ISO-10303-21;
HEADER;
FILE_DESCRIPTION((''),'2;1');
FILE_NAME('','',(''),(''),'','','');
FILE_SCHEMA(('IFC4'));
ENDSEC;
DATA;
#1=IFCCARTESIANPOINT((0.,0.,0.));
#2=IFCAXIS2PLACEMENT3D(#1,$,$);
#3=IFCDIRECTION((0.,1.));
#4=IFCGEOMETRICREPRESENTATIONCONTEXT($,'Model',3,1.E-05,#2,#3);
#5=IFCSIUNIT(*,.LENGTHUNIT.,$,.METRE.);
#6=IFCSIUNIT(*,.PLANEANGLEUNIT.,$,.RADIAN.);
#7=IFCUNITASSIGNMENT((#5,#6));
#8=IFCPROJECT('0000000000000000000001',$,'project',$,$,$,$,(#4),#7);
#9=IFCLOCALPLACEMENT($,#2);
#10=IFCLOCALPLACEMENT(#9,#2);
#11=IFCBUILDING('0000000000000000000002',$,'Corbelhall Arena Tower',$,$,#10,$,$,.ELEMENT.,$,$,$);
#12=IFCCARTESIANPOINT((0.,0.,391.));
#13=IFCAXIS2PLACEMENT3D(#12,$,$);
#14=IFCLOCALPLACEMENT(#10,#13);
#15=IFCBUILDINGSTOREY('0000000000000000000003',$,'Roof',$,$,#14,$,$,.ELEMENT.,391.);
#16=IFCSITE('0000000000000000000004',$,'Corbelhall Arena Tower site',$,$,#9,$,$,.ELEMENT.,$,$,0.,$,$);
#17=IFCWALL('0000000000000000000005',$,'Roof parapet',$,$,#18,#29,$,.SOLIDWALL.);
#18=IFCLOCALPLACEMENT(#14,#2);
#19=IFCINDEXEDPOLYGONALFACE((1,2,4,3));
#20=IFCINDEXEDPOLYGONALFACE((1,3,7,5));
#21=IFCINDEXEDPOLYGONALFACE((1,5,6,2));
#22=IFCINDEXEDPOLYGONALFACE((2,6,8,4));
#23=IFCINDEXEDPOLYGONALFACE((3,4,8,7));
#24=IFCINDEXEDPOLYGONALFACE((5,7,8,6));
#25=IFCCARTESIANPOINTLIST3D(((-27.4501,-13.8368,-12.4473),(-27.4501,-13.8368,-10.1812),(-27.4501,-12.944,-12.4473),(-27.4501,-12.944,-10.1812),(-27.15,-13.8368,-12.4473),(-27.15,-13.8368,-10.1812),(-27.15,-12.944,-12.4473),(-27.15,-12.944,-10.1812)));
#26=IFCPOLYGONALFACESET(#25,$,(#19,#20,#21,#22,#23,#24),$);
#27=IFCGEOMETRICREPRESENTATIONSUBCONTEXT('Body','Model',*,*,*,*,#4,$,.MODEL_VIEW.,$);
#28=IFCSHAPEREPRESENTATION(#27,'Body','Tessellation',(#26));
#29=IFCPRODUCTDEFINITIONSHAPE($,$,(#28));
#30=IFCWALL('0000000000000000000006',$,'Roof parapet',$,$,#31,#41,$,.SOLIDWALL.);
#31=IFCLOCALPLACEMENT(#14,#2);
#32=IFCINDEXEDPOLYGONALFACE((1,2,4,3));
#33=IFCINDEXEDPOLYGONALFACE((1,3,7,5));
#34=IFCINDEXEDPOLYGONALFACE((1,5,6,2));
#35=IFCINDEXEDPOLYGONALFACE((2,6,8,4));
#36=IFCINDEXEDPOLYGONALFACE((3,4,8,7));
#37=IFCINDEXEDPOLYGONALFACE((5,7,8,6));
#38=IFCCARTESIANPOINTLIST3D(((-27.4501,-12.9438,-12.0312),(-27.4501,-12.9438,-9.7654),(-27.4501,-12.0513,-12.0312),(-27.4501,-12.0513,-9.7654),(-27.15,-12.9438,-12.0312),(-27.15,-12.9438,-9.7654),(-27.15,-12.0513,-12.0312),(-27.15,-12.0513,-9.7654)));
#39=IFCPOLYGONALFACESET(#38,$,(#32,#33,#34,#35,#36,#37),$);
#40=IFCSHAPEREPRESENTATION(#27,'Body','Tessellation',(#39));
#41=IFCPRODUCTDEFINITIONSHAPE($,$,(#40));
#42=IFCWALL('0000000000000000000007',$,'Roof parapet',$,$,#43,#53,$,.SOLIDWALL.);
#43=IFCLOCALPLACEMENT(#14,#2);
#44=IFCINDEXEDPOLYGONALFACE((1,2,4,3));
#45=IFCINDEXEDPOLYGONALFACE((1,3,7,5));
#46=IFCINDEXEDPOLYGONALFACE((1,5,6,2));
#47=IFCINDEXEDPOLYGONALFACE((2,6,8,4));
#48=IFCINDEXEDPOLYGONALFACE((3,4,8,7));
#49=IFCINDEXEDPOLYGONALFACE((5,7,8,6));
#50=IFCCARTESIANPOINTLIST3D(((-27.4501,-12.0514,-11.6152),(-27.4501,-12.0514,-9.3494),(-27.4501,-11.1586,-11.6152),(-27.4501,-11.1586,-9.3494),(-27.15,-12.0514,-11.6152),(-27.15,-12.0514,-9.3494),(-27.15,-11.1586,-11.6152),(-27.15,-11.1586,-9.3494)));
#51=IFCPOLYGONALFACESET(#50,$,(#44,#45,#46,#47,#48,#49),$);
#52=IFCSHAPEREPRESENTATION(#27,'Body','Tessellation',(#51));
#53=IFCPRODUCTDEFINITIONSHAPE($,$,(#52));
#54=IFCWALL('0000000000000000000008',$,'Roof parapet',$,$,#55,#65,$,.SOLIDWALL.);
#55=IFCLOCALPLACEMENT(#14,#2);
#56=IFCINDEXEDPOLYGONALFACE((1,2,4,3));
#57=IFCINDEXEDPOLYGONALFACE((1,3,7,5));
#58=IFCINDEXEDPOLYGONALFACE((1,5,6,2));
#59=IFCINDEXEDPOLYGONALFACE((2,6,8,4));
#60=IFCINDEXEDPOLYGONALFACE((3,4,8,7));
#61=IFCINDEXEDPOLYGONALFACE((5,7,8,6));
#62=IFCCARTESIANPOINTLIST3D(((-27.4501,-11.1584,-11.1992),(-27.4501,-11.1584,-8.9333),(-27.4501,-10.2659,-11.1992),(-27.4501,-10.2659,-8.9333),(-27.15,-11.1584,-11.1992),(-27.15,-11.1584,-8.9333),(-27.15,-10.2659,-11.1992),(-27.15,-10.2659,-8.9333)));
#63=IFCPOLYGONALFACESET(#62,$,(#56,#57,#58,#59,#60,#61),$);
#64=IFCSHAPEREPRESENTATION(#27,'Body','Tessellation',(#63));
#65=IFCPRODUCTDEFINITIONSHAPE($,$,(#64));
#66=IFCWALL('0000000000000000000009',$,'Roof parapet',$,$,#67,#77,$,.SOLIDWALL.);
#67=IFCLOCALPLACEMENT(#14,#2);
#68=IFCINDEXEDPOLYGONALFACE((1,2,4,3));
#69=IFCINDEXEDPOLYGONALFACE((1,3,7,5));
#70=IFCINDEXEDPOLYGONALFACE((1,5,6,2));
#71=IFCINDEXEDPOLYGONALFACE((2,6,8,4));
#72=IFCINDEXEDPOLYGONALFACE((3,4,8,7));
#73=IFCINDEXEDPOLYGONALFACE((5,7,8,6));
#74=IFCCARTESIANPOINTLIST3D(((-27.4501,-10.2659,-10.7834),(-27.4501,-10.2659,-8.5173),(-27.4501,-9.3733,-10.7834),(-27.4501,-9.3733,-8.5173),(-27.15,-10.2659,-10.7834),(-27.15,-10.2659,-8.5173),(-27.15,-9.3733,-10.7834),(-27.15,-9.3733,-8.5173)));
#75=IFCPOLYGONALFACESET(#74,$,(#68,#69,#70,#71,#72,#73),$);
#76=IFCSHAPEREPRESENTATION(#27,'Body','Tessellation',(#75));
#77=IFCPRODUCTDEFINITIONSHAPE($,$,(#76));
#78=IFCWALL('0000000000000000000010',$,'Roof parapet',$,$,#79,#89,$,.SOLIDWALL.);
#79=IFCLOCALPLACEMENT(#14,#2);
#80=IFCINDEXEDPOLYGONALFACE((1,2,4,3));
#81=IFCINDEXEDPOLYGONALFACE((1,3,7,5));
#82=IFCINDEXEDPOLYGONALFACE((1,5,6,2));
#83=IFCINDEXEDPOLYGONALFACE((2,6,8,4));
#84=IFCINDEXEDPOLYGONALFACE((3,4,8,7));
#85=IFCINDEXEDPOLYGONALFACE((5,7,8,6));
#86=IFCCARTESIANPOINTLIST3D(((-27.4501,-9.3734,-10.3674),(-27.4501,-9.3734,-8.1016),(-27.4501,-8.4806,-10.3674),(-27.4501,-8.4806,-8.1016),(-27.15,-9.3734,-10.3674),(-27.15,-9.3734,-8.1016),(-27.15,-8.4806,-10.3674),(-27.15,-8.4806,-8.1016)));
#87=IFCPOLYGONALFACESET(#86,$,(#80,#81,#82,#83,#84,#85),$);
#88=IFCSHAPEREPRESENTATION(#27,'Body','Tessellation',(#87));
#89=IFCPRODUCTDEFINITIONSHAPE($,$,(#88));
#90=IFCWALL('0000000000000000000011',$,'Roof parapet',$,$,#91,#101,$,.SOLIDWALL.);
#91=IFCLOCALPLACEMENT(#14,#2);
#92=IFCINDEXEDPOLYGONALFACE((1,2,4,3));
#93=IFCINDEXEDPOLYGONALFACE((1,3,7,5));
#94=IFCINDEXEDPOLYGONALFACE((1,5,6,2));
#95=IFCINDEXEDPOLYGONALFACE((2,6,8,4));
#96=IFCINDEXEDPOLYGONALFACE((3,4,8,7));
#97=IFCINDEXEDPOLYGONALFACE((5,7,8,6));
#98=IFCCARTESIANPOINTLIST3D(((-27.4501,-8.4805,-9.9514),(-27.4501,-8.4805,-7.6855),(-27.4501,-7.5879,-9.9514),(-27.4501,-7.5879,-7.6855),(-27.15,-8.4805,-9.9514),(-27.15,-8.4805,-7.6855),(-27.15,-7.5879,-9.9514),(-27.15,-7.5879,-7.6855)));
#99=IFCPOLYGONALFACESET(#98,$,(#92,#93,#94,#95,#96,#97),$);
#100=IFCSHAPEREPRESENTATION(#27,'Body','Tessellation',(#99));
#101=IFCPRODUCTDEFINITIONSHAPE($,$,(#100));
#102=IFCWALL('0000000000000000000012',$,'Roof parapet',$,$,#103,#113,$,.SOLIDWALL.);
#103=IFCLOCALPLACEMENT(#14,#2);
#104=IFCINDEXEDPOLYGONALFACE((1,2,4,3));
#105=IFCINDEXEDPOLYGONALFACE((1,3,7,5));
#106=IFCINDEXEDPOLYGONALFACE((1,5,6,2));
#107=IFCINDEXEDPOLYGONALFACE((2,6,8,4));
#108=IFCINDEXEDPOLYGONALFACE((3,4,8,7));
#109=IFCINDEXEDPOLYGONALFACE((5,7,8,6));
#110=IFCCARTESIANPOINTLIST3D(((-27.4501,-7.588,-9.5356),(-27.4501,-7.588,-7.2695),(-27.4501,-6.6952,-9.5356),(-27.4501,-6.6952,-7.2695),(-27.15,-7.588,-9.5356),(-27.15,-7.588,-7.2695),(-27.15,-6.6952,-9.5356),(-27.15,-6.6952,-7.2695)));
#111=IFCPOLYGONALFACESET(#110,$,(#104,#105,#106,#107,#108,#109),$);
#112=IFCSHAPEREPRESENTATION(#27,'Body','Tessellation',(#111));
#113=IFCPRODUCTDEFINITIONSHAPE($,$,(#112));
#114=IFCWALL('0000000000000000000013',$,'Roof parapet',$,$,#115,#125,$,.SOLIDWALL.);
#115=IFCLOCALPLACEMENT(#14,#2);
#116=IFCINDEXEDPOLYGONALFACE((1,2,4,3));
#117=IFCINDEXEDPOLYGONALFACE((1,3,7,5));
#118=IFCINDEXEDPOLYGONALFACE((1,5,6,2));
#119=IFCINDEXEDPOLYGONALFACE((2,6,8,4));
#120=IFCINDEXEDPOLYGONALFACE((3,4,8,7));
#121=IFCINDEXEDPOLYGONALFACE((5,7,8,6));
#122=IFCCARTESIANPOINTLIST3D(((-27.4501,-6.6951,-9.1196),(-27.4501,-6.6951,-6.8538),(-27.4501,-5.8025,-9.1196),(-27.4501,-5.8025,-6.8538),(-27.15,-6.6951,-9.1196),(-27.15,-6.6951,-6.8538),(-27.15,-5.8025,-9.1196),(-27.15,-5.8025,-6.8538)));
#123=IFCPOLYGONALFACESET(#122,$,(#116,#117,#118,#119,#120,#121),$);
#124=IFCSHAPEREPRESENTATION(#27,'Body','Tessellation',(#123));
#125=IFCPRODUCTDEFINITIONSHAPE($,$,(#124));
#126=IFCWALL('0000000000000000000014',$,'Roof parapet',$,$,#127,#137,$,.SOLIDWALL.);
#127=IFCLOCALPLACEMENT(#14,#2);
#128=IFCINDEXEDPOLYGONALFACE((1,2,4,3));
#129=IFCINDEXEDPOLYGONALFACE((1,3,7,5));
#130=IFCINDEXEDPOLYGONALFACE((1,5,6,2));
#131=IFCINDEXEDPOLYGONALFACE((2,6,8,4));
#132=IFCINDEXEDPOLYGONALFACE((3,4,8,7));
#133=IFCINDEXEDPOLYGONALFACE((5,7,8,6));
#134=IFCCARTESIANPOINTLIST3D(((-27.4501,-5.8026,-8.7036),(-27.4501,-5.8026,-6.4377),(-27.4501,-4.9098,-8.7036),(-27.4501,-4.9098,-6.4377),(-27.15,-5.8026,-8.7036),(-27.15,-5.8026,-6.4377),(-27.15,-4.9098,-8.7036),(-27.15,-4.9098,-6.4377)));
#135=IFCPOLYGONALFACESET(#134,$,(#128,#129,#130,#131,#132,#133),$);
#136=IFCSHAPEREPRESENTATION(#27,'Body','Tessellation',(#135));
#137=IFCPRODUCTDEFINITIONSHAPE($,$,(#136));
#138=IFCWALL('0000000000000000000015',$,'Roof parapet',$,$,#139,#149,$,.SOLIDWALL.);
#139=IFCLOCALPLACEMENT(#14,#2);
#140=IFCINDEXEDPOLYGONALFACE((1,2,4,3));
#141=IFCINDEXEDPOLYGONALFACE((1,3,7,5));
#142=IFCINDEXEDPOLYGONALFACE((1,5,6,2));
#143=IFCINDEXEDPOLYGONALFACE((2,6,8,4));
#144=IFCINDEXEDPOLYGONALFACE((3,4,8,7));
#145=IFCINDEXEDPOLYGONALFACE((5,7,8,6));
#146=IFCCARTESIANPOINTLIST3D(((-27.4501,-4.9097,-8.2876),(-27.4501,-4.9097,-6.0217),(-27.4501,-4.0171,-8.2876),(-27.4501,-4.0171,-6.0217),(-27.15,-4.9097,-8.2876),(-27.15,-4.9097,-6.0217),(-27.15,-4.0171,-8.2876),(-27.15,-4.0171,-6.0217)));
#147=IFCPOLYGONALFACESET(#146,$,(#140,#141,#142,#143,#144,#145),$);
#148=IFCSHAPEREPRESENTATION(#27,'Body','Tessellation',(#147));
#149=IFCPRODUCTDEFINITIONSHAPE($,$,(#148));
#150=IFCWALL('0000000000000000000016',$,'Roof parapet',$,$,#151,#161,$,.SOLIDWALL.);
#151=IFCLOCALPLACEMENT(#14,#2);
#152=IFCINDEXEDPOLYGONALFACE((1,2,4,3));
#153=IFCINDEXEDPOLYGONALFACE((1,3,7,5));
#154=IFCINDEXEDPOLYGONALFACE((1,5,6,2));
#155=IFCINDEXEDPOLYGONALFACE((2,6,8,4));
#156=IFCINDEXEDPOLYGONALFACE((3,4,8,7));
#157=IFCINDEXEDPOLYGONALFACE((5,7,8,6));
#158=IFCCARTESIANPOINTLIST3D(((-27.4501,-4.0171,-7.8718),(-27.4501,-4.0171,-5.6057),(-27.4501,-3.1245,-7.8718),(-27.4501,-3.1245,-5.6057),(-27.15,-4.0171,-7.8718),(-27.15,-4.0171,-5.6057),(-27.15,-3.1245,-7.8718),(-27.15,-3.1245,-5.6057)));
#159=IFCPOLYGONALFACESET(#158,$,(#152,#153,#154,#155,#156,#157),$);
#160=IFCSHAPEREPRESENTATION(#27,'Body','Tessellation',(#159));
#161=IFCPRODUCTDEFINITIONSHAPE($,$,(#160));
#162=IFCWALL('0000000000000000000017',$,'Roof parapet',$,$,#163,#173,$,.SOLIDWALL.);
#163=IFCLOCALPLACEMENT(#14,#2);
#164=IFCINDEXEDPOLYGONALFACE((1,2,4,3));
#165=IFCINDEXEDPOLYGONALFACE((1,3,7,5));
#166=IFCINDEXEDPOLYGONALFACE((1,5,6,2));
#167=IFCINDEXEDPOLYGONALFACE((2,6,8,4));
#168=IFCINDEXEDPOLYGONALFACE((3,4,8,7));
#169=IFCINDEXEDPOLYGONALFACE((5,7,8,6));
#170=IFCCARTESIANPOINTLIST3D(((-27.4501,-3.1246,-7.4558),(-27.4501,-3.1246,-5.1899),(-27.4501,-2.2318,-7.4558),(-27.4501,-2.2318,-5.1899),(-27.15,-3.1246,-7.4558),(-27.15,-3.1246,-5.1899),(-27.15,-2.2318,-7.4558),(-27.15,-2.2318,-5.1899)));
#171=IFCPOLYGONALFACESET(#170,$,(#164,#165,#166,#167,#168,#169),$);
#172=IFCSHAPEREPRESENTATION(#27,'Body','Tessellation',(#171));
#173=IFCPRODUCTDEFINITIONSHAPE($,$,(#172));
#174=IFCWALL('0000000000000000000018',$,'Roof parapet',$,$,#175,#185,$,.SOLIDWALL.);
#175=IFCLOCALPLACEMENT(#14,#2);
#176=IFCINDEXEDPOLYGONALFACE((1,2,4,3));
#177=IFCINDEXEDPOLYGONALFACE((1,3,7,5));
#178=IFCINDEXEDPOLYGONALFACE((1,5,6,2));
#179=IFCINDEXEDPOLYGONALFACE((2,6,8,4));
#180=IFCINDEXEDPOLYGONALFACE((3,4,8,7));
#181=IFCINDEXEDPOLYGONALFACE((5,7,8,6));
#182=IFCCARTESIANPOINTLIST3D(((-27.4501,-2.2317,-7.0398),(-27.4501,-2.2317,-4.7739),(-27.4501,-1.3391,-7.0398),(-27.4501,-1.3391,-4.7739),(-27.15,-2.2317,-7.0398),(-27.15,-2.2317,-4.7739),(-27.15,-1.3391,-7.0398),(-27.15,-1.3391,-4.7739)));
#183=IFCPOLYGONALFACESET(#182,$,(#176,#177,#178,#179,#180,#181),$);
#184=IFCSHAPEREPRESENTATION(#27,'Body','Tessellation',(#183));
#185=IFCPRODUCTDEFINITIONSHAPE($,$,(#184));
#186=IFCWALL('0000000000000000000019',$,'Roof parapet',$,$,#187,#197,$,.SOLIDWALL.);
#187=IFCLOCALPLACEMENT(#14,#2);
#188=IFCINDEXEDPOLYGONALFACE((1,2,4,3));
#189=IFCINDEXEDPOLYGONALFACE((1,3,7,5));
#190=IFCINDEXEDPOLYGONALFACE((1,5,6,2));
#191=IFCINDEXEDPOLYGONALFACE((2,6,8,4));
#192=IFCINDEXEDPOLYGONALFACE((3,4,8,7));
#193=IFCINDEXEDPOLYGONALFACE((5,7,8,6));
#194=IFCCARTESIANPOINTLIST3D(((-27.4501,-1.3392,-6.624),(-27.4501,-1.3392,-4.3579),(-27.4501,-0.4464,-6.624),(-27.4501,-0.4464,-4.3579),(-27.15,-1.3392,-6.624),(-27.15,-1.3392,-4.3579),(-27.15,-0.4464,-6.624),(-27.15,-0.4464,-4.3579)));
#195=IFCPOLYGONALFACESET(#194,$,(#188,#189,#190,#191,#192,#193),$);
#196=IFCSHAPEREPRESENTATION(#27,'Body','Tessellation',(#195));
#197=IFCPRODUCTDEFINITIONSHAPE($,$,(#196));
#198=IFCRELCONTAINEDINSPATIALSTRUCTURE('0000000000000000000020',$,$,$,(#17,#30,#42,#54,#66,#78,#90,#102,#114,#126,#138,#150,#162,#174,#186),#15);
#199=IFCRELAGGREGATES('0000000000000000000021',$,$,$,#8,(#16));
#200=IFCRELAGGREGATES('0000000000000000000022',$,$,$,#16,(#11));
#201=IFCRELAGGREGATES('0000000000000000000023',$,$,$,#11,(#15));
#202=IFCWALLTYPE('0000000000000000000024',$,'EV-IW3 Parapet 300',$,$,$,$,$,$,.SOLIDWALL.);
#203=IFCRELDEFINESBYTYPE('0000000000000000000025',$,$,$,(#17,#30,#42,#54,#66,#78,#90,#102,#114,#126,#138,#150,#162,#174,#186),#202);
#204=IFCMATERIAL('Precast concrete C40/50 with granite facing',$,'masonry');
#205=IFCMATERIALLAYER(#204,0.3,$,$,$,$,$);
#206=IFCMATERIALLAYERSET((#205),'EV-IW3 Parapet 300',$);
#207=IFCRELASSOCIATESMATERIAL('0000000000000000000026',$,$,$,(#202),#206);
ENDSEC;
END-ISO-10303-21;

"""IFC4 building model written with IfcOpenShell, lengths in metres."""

from ifc_helpers import new_model, si_unit, direction, frame, frame_2d, origin, place, context, subcontext, project, spatial, rectangle, extrude, material, layer, layer_set, type_object, element, save


model = new_model("IFC4")

# Units and contexts
model_context = context("Model", 3, precision=1e-05, world=origin(), true_north=direction((0.0, 1.0)))
body_context = subcontext(model_context, "Body", "Model", "MODEL_VIEW")
ifc_project = project(units=[si_unit("LENGTHUNIT", "METRE"), si_unit("PLANEANGLEUNIT", "RADIAN")], contexts=[model_context])

# Site, building, storey
site_placement = place(None, origin())
site = spatial("IfcSite", under=ifc_project, at=site_placement, Name="Corbelhall Arena Tower site", CompositionType="ELEMENT", RefElevation=0.0)
building_placement = place(site_placement, origin())
building = spatial("IfcBuilding", under=site, at=building_placement, Name="Corbelhall Arena Tower", CompositionType="ELEMENT")
storey_placement = place(building_placement, frame((0.0, 0.0, 391.0)))
storey = spatial("IfcBuildingStorey", under=building, at=storey_placement, Name="Roof", CompositionType="ELEMENT", Elevation=391.0)

# Walls
ifc_material_1 = material(Name="Precast concrete C40/50 with granite facing", Category="masonry")
ifc_layer = layer(ifc_material_1, 0.3)
ifc_layer_set = layer_set([ifc_layer], Name="EV-IW3 Parapet 300")
wall_type = type_object("IfcWallType", Name="EV-IW3 Parapet 300", PredefinedType="SOLIDWALL", material=ifc_layer_set)
wall_1_placement = place(storey_placement, frame((-27.3, -13.8367, -12.4473), z_axis=(0.0, 0.0, 1.0), x_axis=(0.0, 1.0, 0.0)))
element("IfcWall", 1, at=wall_1_placement, inside=storey, type_object=wall_type, Name="Roof parapet", PredefinedType="SOLIDWALL", context=body_context, shape_type="SweptSolid", body=[
    extrude(rectangle(XDim=0.8928, YDim=0.3, at=frame_2d((0.4463, 0.0))), origin(), (0.0, 0.0, 1.0), 2.2661),
])
wall_2_placement = place(storey_placement, frame((-27.3, -12.9438, -12.0312), z_axis=(0.0, 0.0, 1.0), x_axis=(0.0, 1.0, 0.0)))
element("IfcWall", 2, at=wall_2_placement, inside=storey, type_object=wall_type, Name="Roof parapet", PredefinedType="SOLIDWALL", context=body_context, shape_type="SweptSolid", body=[
    extrude(rectangle(XDim=0.8926, YDim=0.3, at=frame_2d((0.4463, 0.0))), origin(), (0.0, 0.0, 1.0), 2.2659),
])
wall_3_placement = place(storey_placement, frame((-27.3, -12.0513, -11.6152), z_axis=(0.0, 0.0, 1.0), x_axis=(0.0, 1.0, 0.0)))
element("IfcWall", 3, at=wall_3_placement, inside=storey, type_object=wall_type, Name="Roof parapet", PredefinedType="SOLIDWALL", context=body_context, shape_type="SweptSolid", body=[
    extrude(rectangle(XDim=0.8928, YDim=0.3, at=frame_2d((0.4463, 0.0))), origin(), (0.0, 0.0, 1.0), 2.2659),
])
wall_4_placement = place(storey_placement, frame((-27.3, -11.1584, -11.1992), z_axis=(0.0, 0.0, 1.0), x_axis=(0.0, 1.0, 0.0)))
element("IfcWall", 4, at=wall_4_placement, inside=storey, type_object=wall_type, Name="Roof parapet", PredefinedType="SOLIDWALL", context=body_context, shape_type="SweptSolid", body=[
    extrude(rectangle(XDim=0.8926, YDim=0.3, at=frame_2d((0.4463, 0.0))), origin(), (0.0, 0.0, 1.0), 2.2659),
])
wall_5_placement = place(storey_placement, frame((-27.3, -10.2659, -10.7834), z_axis=(0.0, 0.0, 1.0), x_axis=(0.0, 1.0, 0.0)))
element("IfcWall", 5, at=wall_5_placement, inside=storey, type_object=wall_type, Name="Roof parapet", PredefinedType="SOLIDWALL", context=body_context, shape_type="SweptSolid", body=[
    extrude(rectangle(XDim=0.8926, YDim=0.3, at=frame_2d((0.4463, 0.0))), origin(), (0.0, 0.0, 1.0), 2.2661),
])
wall_6_placement = place(storey_placement, frame((-27.3, -9.3733, -10.3674), z_axis=(0.0, 0.0, 1.0), x_axis=(0.0, 1.0, 0.0)))
element("IfcWall", 6, at=wall_6_placement, inside=storey, type_object=wall_type, Name="Roof parapet", PredefinedType="SOLIDWALL", context=body_context, shape_type="SweptSolid", body=[
    extrude(rectangle(XDim=0.8928, YDim=0.3, at=frame_2d((0.4463, 0.0))), origin(), (0.0, 0.0, 1.0), 2.2659),
])
wall_7_placement = place(storey_placement, frame((-27.3, -8.4805, -9.9514), z_axis=(0.0, 0.0, 1.0), x_axis=(0.0, 1.0, 0.0)))
element("IfcWall", 7, at=wall_7_placement, inside=storey, type_object=wall_type, Name="Roof parapet", PredefinedType="SOLIDWALL", context=body_context, shape_type="SweptSolid", body=[
    extrude(rectangle(XDim=0.8926, YDim=0.3, at=frame_2d((0.4463, 0.0))), origin(), (0.0, 0.0, 1.0), 2.2659),
])
wall_8_placement = place(storey_placement, frame((-27.3, -7.5879, -9.5356), z_axis=(0.0, 0.0, 1.0), x_axis=(0.0, 1.0, 0.0)))
element("IfcWall", 8, at=wall_8_placement, inside=storey, type_object=wall_type, Name="Roof parapet", PredefinedType="SOLIDWALL", context=body_context, shape_type="SweptSolid", body=[
    extrude(rectangle(XDim=0.8928, YDim=0.3, at=frame_2d((0.4463, 0.0))), origin(), (0.0, 0.0, 1.0), 2.2661),
])
wall_9_placement = place(storey_placement, frame((-27.3, -6.6951, -9.1196), z_axis=(0.0, 0.0, 1.0), x_axis=(0.0, 1.0, 0.0)))
element("IfcWall", 9, at=wall_9_placement, inside=storey, type_object=wall_type, Name="Roof parapet", PredefinedType="SOLIDWALL", context=body_context, shape_type="SweptSolid", body=[
    extrude(rectangle(XDim=0.8926, YDim=0.3, at=frame_2d((0.4463, 0.0))), origin(), (0.0, 0.0, 1.0), 2.2659),
])
wall_10_placement = place(storey_placement, frame((-27.3, -5.8025, -8.7036), z_axis=(0.0, 0.0, 1.0), x_axis=(0.0, 1.0, 0.0)))
element("IfcWall", 10, at=wall_10_placement, inside=storey, type_object=wall_type, Name="Roof parapet", PredefinedType="SOLIDWALL", context=body_context, shape_type="SweptSolid", body=[
    extrude(rectangle(XDim=0.8928, YDim=0.3, at=frame_2d((0.4463, 0.0))), origin(), (0.0, 0.0, 1.0), 2.2659),
])
wall_11_placement = place(storey_placement, frame((-27.3, -4.9097, -8.2876), z_axis=(0.0, 0.0, 1.0), x_axis=(0.0, 1.0, 0.0)))
element("IfcWall", 11, at=wall_11_placement, inside=storey, type_object=wall_type, Name="Roof parapet", PredefinedType="SOLIDWALL", context=body_context, shape_type="SweptSolid", body=[
    extrude(rectangle(XDim=0.8926, YDim=0.3, at=frame_2d((0.4463, 0.0))), origin(), (0.0, 0.0, 1.0), 2.2659),
])
wall_12_placement = place(storey_placement, frame((-27.3, -4.0171, -7.8718), z_axis=(0.0, 0.0, 1.0), x_axis=(0.0, 1.0, 0.0)))
element("IfcWall", 12, at=wall_12_placement, inside=storey, type_object=wall_type, Name="Roof parapet", PredefinedType="SOLIDWALL", context=body_context, shape_type="SweptSolid", body=[
    extrude(rectangle(XDim=0.8926, YDim=0.3, at=frame_2d((0.4463, 0.0))), origin(), (0.0, 0.0, 1.0), 2.2661),
])
wall_13_placement = place(storey_placement, frame((-27.3, -3.1245, -7.4558), z_axis=(0.0, 0.0, 1.0), x_axis=(0.0, 1.0, 0.0)))
element("IfcWall", 13, at=wall_13_placement, inside=storey, type_object=wall_type, Name="Roof parapet", PredefinedType="SOLIDWALL", context=body_context, shape_type="SweptSolid", body=[
    extrude(rectangle(XDim=0.8928, YDim=0.3, at=frame_2d((0.4463, 0.0))), origin(), (0.0, 0.0, 1.0), 2.2659),
])
wall_14_placement = place(storey_placement, frame((-27.3, -2.2317, -7.0398), z_axis=(0.0, 0.0, 1.0), x_axis=(0.0, 1.0, 0.0)))
element("IfcWall", 14, at=wall_14_placement, inside=storey, type_object=wall_type, Name="Roof parapet", PredefinedType="SOLIDWALL", context=body_context, shape_type="SweptSolid", body=[
    extrude(rectangle(XDim=0.8926, YDim=0.3, at=frame_2d((0.4463, 0.0))), origin(), (0.0, 0.0, 1.0), 2.2659),
])
wall_15_placement = place(storey_placement, frame((-27.3, -1.3391, -6.624), z_axis=(0.0, 0.0, 1.0), x_axis=(0.0, 1.0, 0.0)))
element("IfcWall", 15, at=wall_15_placement, inside=storey, type_object=wall_type, Name="Roof parapet", PredefinedType="SOLIDWALL", context=body_context, shape_type="SweptSolid", body=[
    extrude(rectangle(XDim=0.8928, YDim=0.3, at=frame_2d((0.4463, 0.0))), origin(), (0.0, 0.0, 1.0), 2.2661),
])

save(model, "model.ifc")
